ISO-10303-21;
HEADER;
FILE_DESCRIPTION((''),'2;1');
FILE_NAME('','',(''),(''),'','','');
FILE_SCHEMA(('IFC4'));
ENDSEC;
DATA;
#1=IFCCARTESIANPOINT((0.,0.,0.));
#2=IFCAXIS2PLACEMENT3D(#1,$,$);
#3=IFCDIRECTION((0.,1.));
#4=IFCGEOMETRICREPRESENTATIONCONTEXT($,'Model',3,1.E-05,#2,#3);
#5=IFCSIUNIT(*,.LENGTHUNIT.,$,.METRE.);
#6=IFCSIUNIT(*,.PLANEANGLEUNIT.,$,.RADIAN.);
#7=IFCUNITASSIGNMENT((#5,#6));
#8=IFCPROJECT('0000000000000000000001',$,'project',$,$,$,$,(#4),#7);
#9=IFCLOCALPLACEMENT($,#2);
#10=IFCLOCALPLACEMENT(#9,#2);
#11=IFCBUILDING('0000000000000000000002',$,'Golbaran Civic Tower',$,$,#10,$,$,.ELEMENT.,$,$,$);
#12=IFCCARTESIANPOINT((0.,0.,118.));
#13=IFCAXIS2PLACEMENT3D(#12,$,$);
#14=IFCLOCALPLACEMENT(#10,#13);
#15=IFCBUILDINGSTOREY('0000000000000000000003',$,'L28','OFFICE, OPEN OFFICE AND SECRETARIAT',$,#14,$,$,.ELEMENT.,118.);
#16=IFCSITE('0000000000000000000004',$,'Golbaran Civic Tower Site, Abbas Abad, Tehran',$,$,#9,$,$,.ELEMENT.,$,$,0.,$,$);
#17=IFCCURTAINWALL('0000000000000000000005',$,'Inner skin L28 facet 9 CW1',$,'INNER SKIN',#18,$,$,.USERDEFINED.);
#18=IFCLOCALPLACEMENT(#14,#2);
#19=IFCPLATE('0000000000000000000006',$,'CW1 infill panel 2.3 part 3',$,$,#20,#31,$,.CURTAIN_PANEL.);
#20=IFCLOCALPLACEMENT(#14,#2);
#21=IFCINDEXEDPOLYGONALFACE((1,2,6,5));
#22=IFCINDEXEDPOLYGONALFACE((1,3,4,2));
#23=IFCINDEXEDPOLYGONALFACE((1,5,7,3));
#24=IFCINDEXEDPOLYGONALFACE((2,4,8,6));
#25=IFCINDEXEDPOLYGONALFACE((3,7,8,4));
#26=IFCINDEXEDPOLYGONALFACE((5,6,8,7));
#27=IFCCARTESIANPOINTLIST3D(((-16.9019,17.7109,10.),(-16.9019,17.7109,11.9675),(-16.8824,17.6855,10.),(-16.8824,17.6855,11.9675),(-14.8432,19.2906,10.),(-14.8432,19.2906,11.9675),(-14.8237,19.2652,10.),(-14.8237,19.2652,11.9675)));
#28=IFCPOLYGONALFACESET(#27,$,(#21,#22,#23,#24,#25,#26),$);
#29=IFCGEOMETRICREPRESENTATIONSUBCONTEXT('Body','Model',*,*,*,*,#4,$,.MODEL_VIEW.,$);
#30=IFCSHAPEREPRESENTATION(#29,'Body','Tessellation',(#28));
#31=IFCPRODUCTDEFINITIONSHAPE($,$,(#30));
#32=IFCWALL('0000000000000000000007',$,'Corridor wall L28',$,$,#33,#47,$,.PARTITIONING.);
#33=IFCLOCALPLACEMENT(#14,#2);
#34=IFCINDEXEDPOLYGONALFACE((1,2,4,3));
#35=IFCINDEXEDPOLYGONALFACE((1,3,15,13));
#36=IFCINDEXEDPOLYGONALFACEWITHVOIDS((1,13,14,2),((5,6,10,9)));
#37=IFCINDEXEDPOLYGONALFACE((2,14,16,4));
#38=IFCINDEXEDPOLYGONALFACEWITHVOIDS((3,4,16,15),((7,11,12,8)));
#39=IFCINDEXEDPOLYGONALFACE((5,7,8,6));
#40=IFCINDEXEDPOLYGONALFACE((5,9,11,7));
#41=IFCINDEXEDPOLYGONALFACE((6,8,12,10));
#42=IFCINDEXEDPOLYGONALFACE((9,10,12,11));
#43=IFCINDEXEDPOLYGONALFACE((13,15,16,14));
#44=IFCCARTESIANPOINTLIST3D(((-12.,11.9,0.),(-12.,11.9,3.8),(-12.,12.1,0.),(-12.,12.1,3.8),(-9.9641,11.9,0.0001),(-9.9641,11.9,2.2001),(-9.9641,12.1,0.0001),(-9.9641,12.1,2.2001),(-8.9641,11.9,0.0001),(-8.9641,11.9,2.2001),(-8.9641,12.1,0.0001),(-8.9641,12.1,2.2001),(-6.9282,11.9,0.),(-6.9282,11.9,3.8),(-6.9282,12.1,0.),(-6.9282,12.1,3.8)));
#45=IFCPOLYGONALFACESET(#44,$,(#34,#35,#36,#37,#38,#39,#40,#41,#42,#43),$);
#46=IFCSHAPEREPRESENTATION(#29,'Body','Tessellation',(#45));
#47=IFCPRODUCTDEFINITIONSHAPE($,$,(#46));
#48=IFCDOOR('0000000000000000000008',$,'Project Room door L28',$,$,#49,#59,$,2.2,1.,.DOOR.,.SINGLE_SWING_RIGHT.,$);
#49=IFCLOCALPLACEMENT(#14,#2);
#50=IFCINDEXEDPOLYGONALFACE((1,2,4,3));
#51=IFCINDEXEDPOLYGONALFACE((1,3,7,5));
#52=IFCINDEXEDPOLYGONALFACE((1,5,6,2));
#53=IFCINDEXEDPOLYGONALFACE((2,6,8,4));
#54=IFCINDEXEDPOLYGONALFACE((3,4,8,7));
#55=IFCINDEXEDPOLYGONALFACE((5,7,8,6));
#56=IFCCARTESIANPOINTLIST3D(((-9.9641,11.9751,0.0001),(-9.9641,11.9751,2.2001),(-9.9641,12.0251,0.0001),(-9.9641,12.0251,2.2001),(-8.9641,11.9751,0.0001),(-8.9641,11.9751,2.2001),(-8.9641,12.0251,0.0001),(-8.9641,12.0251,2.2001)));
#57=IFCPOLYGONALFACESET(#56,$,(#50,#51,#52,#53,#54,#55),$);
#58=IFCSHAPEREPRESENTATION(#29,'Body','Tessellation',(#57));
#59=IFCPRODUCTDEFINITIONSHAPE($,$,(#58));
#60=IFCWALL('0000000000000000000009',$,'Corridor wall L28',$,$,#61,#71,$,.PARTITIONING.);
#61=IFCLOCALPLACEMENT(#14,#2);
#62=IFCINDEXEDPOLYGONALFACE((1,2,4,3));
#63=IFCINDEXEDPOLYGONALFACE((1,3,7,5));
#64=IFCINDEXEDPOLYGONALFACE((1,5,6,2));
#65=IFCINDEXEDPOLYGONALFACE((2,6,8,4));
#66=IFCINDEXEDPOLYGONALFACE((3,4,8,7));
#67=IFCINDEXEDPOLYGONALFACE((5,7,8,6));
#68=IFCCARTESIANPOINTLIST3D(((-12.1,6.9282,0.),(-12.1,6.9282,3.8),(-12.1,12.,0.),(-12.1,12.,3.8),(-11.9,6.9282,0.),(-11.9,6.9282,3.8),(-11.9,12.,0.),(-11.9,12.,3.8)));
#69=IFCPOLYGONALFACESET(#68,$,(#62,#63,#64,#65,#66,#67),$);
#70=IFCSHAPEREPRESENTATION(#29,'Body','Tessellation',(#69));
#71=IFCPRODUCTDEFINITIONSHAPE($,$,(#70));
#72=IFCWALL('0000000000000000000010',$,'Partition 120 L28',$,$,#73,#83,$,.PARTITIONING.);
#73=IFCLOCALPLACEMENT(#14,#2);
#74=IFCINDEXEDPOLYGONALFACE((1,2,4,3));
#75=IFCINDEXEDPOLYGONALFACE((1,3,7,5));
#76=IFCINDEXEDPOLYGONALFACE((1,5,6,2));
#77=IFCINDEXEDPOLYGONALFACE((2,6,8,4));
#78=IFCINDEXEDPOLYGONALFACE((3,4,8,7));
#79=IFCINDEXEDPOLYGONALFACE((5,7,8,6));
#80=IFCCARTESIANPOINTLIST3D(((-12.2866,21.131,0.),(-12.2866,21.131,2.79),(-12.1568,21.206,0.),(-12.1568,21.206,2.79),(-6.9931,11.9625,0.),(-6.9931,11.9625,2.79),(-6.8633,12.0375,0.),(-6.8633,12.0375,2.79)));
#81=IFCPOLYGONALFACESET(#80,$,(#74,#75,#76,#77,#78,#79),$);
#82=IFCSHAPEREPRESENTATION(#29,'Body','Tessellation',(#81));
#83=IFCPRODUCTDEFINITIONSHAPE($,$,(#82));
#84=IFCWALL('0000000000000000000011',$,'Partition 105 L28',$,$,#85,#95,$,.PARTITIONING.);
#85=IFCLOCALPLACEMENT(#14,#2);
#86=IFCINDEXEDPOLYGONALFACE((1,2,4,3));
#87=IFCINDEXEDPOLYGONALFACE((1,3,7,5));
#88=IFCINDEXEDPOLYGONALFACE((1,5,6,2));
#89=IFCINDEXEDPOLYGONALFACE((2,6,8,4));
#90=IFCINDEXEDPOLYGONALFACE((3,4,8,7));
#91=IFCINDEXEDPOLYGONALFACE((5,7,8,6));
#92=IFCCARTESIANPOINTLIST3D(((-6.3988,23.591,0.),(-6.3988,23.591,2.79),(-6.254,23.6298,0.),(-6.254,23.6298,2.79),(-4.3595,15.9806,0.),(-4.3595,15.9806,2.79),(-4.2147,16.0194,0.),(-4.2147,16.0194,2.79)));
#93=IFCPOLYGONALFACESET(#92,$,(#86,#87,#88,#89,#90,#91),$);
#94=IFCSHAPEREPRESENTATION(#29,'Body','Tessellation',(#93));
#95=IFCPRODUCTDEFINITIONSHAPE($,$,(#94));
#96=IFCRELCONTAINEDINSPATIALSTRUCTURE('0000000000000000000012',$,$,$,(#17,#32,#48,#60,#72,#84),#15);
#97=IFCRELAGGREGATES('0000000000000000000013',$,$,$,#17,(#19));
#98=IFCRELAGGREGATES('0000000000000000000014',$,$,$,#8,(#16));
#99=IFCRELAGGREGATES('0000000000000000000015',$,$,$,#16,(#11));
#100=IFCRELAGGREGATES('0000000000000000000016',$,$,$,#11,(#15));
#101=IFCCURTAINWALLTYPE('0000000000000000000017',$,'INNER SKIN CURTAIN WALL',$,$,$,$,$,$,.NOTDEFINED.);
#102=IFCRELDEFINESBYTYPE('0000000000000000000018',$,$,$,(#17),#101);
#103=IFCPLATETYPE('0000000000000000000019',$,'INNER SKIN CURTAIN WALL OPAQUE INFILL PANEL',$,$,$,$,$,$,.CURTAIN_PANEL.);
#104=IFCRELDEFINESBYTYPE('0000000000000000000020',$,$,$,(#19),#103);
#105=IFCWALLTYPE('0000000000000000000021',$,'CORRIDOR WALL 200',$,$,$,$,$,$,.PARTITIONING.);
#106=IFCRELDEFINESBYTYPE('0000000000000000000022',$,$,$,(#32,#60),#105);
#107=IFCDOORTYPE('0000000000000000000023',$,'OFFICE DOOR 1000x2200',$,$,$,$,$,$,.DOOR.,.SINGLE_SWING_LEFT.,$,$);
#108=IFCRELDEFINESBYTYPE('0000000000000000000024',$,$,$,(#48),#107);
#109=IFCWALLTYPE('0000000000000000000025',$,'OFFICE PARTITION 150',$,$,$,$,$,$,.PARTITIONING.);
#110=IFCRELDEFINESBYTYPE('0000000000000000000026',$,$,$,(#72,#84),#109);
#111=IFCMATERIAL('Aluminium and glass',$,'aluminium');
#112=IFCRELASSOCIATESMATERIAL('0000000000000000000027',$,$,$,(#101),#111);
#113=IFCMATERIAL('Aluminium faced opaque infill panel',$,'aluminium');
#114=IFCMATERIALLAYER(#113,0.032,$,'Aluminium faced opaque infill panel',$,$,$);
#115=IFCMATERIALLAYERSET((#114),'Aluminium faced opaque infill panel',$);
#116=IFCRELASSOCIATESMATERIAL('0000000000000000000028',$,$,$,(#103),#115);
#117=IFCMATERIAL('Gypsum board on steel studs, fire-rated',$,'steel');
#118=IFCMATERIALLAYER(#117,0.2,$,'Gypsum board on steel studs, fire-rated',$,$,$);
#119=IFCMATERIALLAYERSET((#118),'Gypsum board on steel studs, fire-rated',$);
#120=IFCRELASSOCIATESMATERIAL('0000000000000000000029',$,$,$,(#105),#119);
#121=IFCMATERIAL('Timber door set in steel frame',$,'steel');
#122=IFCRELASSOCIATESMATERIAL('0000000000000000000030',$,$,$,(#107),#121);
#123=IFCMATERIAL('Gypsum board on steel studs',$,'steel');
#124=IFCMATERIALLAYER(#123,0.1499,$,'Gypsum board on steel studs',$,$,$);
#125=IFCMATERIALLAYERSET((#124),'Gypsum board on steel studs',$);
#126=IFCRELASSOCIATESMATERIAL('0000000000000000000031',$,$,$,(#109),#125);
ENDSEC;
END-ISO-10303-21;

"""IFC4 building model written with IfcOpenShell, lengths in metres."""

from ifc_helpers import new_model, si_unit, direction, frame, frame_2d, origin, origin_2d, place, context, subcontext, project, spatial, rectangle, extrude, material, layer, layer_set, type_object, element, fill, aggregate, save


model = new_model("IFC4")

# Units and contexts
model_context = context("Model", 3, precision=1e-05, world=origin(), true_north=direction((0.0, 1.0)))
body_context = subcontext(model_context, "Body", "Model", "MODEL_VIEW")
ifc_project = project(units=[si_unit("LENGTHUNIT", "METRE"), si_unit("PLANEANGLEUNIT", "RADIAN")], contexts=[model_context])

# Site, building, storey
site_placement = place(None, origin())
site = spatial("IfcSite", under=ifc_project, at=site_placement, Name="Golbaran Civic Tower Site, Abbas Abad, Tehran", CompositionType="ELEMENT", RefElevation=0.0)
building_placement = place(site_placement, origin())
building = spatial("IfcBuilding", under=site, at=building_placement, Name="Golbaran Civic Tower", CompositionType="ELEMENT")
storey_placement = place(building_placement, frame((0.0, 0.0, 118.0)))
storey = spatial("IfcBuildingStorey", under=building, at=storey_placement, Name="L28", Description="OFFICE, OPEN OFFICE AND SECRETARIAT", CompositionType="ELEMENT", Elevation=118.0)

# Curtain wall
ifc_material_1 = material(Name="Aluminium and glass", Category="aluminium")
curtain_wall_type = type_object("IfcCurtainWallType", Name="INNER SKIN CURTAIN WALL", PredefinedType="NOTDEFINED", material=ifc_material_1)
curtain_wall_placement = place(storey_placement, origin())
curtain_wall = element("IfcCurtainWall", 1, at=curtain_wall_placement, inside=storey, type_object=curtain_wall_type, Name="Inner skin L28 facet 9 CW1", ObjectType="INNER SKIN", PredefinedType="USERDEFINED")

# Plate
ifc_material_2 = material(Name="Aluminium faced opaque infill panel", Category="aluminium")
ifc_layer_1 = layer(ifc_material_2, 0.032, Name="Aluminium faced opaque infill panel")
ifc_layer_set_1 = layer_set([ifc_layer_1], Name="Aluminium faced opaque infill panel")
plate_type_1 = type_object("IfcPlateType", Name="INNER SKIN CURTAIN WALL OPAQUE INFILL PANEL", PredefinedType="CURTAIN_PANEL", material=ifc_layer_set_1)
plate_1_placement = place(storey_placement, frame((-15.8628, 18.488, 10.0), z_axis=(0.0, 0.0, 1.0), x_axis=(-0.793353, -0.608761, 0.0)))
plate_1 = element("IfcPlate", 2, at=plate_1_placement, type_object=plate_type_1, Name="CW1 infill panel 2.3 part 3", PredefinedType="CURTAIN_PANEL", context=body_context, shape_type="SweptSolid", body=[
    extrude(rectangle(XDim=2.595, YDim=0.032, at=origin_2d()), origin(), (0.0, 0.0, 1.0), 1.9675),
])
aggregate(curtain_wall, [plate_1])

# Wall, opening, door
ifc_material_3 = material(Name="Gypsum board on steel studs, fire-rated", Category="steel")
ifc_layer_2 = layer(ifc_material_3, 0.2, Name="Gypsum board on steel studs, fire-rated")
ifc_layer_set_2 = layer_set([ifc_layer_2], Name="Gypsum board on steel studs, fire-rated")
wall_type_1 = type_object("IfcWallType", Name="CORRIDOR WALL 200", PredefinedType="PARTITIONING", material=ifc_layer_set_2)
wall_1_placement = place(storey_placement, frame((-6.9282, 12.0, 0.0), z_axis=(0.0, 0.0, 1.0), x_axis=(-1.0, 0.0, 0.0)))
wall_1 = element("IfcWall", 3, at=wall_1_placement, inside=storey, type_object=wall_type_1, Name="Corridor wall L28", PredefinedType="PARTITIONING", context=body_context, shape_type="SweptSolid", body=[
    extrude(rectangle(XDim=5.0718, YDim=0.2, at=frame_2d((2.5359, 0.0))), origin(), (0.0, 0.0, 1.0), 3.8),
])
opening_placement = place(wall_1_placement, frame((2.0359, 0.0, 0.0)))
opening = element("IfcOpeningElement", 4, at=opening_placement, cuts=wall_1, PredefinedType="OPENING", context=body_context, shape_type="SweptSolid", body=[
    extrude(rectangle(XDim=1.0, YDim=2.2, at=frame_2d((0.5, 1.1001))), frame((0.0, 0.1099, 0.0), z_axis=(0.0, -1.0, 0.0), x_axis=(1.0, 0.0, 0.0)), (0.0, 0.0, 1.0), 0.22),
])
ifc_material_4 = material(Name="Timber door set in steel frame", Category="steel")
door_type = type_object("IfcDoorType", Name="OFFICE DOOR 1000x2200", OperationType="SINGLE_SWING_LEFT", PredefinedType="DOOR", material=ifc_material_4)
door_placement = place(opening_placement, origin())
door = element("IfcDoor", 5, at=door_placement, inside=storey, type_object=door_type, Name="Project Room door L28", OperationType="SINGLE_SWING_RIGHT", OverallHeight=2.2, OverallWidth=1.0, PredefinedType="DOOR", context=body_context, shape_type="SweptSolid", body=[
    extrude(rectangle(XDim=1.0, YDim=2.2, at=frame_2d((0.5, 1.1001))), frame((0.0, 0.0249, 0.0), z_axis=(0.0, -1.0, 0.0), x_axis=(1.0, 0.0, 0.0)), (0.0, 0.0, 1.0), 0.05),
])
fill(opening, door)

# Walls
wall_2_placement = place(storey_placement, frame((-12.0, 12.0, 0.0), z_axis=(0.0, 0.0, 1.0), x_axis=(0.0, -1.0, 0.0)))
element("IfcWall", 6, at=wall_2_placement, inside=storey, type_object=wall_type_1, Name="Corridor wall L28", PredefinedType="PARTITIONING", context=body_context, shape_type="SweptSolid", body=[
    extrude(rectangle(XDim=5.0718, YDim=0.2, at=frame_2d((2.5359, 0.0))), origin(), (0.0, 0.0, 1.0), 3.8),
])
ifc_material_5 = material(Name="Gypsum board on steel studs", Category="steel")
ifc_layer_3 = layer(ifc_material_5, 0.1499, Name="Gypsum board on steel studs")
ifc_layer_set_3 = layer_set([ifc_layer_3], Name="Gypsum board on steel studs")
wall_type_2 = type_object("IfcWallType", Name="OFFICE PARTITION 150", PredefinedType="PARTITIONING", material=ifc_layer_set_3)
wall_3_placement = place(storey_placement, frame((-6.9282, 12.0, 0.0), z_axis=(0.0, 0.0, 1.0), x_axis=(-0.500003, 0.866024, 0.0)))
element("IfcWall", 7, at=wall_3_placement, inside=storey, type_object=wall_type_2, Name="Partition 120 L28", PredefinedType="PARTITIONING", context=body_context, shape_type="SweptSolid", body=[
    extrude(rectangle(XDim=10.5869, YDim=0.1499, at=frame_2d((5.2935, 0.0))), origin(), (0.0, 0.0, 1.0), 2.79),
])
wall_4_placement = place(storey_placement, frame((-4.2871, 16.0, 0.0), z_axis=(0.0, 0.0, 1.0), x_axis=(-0.258833, 0.965922, 0.0)))
element("IfcWall", 8, at=wall_4_placement, inside=storey, type_object=wall_type_2, Name="Partition 105 L28", PredefinedType="PARTITIONING", context=body_context, shape_type="SweptSolid", body=[
    extrude(rectangle(XDim=7.8789, YDim=0.1499, at=frame_2d((3.9395, 0.0))), origin(), (0.0, 0.0, 1.0), 2.79),
])

save(model, "model.ifc")
